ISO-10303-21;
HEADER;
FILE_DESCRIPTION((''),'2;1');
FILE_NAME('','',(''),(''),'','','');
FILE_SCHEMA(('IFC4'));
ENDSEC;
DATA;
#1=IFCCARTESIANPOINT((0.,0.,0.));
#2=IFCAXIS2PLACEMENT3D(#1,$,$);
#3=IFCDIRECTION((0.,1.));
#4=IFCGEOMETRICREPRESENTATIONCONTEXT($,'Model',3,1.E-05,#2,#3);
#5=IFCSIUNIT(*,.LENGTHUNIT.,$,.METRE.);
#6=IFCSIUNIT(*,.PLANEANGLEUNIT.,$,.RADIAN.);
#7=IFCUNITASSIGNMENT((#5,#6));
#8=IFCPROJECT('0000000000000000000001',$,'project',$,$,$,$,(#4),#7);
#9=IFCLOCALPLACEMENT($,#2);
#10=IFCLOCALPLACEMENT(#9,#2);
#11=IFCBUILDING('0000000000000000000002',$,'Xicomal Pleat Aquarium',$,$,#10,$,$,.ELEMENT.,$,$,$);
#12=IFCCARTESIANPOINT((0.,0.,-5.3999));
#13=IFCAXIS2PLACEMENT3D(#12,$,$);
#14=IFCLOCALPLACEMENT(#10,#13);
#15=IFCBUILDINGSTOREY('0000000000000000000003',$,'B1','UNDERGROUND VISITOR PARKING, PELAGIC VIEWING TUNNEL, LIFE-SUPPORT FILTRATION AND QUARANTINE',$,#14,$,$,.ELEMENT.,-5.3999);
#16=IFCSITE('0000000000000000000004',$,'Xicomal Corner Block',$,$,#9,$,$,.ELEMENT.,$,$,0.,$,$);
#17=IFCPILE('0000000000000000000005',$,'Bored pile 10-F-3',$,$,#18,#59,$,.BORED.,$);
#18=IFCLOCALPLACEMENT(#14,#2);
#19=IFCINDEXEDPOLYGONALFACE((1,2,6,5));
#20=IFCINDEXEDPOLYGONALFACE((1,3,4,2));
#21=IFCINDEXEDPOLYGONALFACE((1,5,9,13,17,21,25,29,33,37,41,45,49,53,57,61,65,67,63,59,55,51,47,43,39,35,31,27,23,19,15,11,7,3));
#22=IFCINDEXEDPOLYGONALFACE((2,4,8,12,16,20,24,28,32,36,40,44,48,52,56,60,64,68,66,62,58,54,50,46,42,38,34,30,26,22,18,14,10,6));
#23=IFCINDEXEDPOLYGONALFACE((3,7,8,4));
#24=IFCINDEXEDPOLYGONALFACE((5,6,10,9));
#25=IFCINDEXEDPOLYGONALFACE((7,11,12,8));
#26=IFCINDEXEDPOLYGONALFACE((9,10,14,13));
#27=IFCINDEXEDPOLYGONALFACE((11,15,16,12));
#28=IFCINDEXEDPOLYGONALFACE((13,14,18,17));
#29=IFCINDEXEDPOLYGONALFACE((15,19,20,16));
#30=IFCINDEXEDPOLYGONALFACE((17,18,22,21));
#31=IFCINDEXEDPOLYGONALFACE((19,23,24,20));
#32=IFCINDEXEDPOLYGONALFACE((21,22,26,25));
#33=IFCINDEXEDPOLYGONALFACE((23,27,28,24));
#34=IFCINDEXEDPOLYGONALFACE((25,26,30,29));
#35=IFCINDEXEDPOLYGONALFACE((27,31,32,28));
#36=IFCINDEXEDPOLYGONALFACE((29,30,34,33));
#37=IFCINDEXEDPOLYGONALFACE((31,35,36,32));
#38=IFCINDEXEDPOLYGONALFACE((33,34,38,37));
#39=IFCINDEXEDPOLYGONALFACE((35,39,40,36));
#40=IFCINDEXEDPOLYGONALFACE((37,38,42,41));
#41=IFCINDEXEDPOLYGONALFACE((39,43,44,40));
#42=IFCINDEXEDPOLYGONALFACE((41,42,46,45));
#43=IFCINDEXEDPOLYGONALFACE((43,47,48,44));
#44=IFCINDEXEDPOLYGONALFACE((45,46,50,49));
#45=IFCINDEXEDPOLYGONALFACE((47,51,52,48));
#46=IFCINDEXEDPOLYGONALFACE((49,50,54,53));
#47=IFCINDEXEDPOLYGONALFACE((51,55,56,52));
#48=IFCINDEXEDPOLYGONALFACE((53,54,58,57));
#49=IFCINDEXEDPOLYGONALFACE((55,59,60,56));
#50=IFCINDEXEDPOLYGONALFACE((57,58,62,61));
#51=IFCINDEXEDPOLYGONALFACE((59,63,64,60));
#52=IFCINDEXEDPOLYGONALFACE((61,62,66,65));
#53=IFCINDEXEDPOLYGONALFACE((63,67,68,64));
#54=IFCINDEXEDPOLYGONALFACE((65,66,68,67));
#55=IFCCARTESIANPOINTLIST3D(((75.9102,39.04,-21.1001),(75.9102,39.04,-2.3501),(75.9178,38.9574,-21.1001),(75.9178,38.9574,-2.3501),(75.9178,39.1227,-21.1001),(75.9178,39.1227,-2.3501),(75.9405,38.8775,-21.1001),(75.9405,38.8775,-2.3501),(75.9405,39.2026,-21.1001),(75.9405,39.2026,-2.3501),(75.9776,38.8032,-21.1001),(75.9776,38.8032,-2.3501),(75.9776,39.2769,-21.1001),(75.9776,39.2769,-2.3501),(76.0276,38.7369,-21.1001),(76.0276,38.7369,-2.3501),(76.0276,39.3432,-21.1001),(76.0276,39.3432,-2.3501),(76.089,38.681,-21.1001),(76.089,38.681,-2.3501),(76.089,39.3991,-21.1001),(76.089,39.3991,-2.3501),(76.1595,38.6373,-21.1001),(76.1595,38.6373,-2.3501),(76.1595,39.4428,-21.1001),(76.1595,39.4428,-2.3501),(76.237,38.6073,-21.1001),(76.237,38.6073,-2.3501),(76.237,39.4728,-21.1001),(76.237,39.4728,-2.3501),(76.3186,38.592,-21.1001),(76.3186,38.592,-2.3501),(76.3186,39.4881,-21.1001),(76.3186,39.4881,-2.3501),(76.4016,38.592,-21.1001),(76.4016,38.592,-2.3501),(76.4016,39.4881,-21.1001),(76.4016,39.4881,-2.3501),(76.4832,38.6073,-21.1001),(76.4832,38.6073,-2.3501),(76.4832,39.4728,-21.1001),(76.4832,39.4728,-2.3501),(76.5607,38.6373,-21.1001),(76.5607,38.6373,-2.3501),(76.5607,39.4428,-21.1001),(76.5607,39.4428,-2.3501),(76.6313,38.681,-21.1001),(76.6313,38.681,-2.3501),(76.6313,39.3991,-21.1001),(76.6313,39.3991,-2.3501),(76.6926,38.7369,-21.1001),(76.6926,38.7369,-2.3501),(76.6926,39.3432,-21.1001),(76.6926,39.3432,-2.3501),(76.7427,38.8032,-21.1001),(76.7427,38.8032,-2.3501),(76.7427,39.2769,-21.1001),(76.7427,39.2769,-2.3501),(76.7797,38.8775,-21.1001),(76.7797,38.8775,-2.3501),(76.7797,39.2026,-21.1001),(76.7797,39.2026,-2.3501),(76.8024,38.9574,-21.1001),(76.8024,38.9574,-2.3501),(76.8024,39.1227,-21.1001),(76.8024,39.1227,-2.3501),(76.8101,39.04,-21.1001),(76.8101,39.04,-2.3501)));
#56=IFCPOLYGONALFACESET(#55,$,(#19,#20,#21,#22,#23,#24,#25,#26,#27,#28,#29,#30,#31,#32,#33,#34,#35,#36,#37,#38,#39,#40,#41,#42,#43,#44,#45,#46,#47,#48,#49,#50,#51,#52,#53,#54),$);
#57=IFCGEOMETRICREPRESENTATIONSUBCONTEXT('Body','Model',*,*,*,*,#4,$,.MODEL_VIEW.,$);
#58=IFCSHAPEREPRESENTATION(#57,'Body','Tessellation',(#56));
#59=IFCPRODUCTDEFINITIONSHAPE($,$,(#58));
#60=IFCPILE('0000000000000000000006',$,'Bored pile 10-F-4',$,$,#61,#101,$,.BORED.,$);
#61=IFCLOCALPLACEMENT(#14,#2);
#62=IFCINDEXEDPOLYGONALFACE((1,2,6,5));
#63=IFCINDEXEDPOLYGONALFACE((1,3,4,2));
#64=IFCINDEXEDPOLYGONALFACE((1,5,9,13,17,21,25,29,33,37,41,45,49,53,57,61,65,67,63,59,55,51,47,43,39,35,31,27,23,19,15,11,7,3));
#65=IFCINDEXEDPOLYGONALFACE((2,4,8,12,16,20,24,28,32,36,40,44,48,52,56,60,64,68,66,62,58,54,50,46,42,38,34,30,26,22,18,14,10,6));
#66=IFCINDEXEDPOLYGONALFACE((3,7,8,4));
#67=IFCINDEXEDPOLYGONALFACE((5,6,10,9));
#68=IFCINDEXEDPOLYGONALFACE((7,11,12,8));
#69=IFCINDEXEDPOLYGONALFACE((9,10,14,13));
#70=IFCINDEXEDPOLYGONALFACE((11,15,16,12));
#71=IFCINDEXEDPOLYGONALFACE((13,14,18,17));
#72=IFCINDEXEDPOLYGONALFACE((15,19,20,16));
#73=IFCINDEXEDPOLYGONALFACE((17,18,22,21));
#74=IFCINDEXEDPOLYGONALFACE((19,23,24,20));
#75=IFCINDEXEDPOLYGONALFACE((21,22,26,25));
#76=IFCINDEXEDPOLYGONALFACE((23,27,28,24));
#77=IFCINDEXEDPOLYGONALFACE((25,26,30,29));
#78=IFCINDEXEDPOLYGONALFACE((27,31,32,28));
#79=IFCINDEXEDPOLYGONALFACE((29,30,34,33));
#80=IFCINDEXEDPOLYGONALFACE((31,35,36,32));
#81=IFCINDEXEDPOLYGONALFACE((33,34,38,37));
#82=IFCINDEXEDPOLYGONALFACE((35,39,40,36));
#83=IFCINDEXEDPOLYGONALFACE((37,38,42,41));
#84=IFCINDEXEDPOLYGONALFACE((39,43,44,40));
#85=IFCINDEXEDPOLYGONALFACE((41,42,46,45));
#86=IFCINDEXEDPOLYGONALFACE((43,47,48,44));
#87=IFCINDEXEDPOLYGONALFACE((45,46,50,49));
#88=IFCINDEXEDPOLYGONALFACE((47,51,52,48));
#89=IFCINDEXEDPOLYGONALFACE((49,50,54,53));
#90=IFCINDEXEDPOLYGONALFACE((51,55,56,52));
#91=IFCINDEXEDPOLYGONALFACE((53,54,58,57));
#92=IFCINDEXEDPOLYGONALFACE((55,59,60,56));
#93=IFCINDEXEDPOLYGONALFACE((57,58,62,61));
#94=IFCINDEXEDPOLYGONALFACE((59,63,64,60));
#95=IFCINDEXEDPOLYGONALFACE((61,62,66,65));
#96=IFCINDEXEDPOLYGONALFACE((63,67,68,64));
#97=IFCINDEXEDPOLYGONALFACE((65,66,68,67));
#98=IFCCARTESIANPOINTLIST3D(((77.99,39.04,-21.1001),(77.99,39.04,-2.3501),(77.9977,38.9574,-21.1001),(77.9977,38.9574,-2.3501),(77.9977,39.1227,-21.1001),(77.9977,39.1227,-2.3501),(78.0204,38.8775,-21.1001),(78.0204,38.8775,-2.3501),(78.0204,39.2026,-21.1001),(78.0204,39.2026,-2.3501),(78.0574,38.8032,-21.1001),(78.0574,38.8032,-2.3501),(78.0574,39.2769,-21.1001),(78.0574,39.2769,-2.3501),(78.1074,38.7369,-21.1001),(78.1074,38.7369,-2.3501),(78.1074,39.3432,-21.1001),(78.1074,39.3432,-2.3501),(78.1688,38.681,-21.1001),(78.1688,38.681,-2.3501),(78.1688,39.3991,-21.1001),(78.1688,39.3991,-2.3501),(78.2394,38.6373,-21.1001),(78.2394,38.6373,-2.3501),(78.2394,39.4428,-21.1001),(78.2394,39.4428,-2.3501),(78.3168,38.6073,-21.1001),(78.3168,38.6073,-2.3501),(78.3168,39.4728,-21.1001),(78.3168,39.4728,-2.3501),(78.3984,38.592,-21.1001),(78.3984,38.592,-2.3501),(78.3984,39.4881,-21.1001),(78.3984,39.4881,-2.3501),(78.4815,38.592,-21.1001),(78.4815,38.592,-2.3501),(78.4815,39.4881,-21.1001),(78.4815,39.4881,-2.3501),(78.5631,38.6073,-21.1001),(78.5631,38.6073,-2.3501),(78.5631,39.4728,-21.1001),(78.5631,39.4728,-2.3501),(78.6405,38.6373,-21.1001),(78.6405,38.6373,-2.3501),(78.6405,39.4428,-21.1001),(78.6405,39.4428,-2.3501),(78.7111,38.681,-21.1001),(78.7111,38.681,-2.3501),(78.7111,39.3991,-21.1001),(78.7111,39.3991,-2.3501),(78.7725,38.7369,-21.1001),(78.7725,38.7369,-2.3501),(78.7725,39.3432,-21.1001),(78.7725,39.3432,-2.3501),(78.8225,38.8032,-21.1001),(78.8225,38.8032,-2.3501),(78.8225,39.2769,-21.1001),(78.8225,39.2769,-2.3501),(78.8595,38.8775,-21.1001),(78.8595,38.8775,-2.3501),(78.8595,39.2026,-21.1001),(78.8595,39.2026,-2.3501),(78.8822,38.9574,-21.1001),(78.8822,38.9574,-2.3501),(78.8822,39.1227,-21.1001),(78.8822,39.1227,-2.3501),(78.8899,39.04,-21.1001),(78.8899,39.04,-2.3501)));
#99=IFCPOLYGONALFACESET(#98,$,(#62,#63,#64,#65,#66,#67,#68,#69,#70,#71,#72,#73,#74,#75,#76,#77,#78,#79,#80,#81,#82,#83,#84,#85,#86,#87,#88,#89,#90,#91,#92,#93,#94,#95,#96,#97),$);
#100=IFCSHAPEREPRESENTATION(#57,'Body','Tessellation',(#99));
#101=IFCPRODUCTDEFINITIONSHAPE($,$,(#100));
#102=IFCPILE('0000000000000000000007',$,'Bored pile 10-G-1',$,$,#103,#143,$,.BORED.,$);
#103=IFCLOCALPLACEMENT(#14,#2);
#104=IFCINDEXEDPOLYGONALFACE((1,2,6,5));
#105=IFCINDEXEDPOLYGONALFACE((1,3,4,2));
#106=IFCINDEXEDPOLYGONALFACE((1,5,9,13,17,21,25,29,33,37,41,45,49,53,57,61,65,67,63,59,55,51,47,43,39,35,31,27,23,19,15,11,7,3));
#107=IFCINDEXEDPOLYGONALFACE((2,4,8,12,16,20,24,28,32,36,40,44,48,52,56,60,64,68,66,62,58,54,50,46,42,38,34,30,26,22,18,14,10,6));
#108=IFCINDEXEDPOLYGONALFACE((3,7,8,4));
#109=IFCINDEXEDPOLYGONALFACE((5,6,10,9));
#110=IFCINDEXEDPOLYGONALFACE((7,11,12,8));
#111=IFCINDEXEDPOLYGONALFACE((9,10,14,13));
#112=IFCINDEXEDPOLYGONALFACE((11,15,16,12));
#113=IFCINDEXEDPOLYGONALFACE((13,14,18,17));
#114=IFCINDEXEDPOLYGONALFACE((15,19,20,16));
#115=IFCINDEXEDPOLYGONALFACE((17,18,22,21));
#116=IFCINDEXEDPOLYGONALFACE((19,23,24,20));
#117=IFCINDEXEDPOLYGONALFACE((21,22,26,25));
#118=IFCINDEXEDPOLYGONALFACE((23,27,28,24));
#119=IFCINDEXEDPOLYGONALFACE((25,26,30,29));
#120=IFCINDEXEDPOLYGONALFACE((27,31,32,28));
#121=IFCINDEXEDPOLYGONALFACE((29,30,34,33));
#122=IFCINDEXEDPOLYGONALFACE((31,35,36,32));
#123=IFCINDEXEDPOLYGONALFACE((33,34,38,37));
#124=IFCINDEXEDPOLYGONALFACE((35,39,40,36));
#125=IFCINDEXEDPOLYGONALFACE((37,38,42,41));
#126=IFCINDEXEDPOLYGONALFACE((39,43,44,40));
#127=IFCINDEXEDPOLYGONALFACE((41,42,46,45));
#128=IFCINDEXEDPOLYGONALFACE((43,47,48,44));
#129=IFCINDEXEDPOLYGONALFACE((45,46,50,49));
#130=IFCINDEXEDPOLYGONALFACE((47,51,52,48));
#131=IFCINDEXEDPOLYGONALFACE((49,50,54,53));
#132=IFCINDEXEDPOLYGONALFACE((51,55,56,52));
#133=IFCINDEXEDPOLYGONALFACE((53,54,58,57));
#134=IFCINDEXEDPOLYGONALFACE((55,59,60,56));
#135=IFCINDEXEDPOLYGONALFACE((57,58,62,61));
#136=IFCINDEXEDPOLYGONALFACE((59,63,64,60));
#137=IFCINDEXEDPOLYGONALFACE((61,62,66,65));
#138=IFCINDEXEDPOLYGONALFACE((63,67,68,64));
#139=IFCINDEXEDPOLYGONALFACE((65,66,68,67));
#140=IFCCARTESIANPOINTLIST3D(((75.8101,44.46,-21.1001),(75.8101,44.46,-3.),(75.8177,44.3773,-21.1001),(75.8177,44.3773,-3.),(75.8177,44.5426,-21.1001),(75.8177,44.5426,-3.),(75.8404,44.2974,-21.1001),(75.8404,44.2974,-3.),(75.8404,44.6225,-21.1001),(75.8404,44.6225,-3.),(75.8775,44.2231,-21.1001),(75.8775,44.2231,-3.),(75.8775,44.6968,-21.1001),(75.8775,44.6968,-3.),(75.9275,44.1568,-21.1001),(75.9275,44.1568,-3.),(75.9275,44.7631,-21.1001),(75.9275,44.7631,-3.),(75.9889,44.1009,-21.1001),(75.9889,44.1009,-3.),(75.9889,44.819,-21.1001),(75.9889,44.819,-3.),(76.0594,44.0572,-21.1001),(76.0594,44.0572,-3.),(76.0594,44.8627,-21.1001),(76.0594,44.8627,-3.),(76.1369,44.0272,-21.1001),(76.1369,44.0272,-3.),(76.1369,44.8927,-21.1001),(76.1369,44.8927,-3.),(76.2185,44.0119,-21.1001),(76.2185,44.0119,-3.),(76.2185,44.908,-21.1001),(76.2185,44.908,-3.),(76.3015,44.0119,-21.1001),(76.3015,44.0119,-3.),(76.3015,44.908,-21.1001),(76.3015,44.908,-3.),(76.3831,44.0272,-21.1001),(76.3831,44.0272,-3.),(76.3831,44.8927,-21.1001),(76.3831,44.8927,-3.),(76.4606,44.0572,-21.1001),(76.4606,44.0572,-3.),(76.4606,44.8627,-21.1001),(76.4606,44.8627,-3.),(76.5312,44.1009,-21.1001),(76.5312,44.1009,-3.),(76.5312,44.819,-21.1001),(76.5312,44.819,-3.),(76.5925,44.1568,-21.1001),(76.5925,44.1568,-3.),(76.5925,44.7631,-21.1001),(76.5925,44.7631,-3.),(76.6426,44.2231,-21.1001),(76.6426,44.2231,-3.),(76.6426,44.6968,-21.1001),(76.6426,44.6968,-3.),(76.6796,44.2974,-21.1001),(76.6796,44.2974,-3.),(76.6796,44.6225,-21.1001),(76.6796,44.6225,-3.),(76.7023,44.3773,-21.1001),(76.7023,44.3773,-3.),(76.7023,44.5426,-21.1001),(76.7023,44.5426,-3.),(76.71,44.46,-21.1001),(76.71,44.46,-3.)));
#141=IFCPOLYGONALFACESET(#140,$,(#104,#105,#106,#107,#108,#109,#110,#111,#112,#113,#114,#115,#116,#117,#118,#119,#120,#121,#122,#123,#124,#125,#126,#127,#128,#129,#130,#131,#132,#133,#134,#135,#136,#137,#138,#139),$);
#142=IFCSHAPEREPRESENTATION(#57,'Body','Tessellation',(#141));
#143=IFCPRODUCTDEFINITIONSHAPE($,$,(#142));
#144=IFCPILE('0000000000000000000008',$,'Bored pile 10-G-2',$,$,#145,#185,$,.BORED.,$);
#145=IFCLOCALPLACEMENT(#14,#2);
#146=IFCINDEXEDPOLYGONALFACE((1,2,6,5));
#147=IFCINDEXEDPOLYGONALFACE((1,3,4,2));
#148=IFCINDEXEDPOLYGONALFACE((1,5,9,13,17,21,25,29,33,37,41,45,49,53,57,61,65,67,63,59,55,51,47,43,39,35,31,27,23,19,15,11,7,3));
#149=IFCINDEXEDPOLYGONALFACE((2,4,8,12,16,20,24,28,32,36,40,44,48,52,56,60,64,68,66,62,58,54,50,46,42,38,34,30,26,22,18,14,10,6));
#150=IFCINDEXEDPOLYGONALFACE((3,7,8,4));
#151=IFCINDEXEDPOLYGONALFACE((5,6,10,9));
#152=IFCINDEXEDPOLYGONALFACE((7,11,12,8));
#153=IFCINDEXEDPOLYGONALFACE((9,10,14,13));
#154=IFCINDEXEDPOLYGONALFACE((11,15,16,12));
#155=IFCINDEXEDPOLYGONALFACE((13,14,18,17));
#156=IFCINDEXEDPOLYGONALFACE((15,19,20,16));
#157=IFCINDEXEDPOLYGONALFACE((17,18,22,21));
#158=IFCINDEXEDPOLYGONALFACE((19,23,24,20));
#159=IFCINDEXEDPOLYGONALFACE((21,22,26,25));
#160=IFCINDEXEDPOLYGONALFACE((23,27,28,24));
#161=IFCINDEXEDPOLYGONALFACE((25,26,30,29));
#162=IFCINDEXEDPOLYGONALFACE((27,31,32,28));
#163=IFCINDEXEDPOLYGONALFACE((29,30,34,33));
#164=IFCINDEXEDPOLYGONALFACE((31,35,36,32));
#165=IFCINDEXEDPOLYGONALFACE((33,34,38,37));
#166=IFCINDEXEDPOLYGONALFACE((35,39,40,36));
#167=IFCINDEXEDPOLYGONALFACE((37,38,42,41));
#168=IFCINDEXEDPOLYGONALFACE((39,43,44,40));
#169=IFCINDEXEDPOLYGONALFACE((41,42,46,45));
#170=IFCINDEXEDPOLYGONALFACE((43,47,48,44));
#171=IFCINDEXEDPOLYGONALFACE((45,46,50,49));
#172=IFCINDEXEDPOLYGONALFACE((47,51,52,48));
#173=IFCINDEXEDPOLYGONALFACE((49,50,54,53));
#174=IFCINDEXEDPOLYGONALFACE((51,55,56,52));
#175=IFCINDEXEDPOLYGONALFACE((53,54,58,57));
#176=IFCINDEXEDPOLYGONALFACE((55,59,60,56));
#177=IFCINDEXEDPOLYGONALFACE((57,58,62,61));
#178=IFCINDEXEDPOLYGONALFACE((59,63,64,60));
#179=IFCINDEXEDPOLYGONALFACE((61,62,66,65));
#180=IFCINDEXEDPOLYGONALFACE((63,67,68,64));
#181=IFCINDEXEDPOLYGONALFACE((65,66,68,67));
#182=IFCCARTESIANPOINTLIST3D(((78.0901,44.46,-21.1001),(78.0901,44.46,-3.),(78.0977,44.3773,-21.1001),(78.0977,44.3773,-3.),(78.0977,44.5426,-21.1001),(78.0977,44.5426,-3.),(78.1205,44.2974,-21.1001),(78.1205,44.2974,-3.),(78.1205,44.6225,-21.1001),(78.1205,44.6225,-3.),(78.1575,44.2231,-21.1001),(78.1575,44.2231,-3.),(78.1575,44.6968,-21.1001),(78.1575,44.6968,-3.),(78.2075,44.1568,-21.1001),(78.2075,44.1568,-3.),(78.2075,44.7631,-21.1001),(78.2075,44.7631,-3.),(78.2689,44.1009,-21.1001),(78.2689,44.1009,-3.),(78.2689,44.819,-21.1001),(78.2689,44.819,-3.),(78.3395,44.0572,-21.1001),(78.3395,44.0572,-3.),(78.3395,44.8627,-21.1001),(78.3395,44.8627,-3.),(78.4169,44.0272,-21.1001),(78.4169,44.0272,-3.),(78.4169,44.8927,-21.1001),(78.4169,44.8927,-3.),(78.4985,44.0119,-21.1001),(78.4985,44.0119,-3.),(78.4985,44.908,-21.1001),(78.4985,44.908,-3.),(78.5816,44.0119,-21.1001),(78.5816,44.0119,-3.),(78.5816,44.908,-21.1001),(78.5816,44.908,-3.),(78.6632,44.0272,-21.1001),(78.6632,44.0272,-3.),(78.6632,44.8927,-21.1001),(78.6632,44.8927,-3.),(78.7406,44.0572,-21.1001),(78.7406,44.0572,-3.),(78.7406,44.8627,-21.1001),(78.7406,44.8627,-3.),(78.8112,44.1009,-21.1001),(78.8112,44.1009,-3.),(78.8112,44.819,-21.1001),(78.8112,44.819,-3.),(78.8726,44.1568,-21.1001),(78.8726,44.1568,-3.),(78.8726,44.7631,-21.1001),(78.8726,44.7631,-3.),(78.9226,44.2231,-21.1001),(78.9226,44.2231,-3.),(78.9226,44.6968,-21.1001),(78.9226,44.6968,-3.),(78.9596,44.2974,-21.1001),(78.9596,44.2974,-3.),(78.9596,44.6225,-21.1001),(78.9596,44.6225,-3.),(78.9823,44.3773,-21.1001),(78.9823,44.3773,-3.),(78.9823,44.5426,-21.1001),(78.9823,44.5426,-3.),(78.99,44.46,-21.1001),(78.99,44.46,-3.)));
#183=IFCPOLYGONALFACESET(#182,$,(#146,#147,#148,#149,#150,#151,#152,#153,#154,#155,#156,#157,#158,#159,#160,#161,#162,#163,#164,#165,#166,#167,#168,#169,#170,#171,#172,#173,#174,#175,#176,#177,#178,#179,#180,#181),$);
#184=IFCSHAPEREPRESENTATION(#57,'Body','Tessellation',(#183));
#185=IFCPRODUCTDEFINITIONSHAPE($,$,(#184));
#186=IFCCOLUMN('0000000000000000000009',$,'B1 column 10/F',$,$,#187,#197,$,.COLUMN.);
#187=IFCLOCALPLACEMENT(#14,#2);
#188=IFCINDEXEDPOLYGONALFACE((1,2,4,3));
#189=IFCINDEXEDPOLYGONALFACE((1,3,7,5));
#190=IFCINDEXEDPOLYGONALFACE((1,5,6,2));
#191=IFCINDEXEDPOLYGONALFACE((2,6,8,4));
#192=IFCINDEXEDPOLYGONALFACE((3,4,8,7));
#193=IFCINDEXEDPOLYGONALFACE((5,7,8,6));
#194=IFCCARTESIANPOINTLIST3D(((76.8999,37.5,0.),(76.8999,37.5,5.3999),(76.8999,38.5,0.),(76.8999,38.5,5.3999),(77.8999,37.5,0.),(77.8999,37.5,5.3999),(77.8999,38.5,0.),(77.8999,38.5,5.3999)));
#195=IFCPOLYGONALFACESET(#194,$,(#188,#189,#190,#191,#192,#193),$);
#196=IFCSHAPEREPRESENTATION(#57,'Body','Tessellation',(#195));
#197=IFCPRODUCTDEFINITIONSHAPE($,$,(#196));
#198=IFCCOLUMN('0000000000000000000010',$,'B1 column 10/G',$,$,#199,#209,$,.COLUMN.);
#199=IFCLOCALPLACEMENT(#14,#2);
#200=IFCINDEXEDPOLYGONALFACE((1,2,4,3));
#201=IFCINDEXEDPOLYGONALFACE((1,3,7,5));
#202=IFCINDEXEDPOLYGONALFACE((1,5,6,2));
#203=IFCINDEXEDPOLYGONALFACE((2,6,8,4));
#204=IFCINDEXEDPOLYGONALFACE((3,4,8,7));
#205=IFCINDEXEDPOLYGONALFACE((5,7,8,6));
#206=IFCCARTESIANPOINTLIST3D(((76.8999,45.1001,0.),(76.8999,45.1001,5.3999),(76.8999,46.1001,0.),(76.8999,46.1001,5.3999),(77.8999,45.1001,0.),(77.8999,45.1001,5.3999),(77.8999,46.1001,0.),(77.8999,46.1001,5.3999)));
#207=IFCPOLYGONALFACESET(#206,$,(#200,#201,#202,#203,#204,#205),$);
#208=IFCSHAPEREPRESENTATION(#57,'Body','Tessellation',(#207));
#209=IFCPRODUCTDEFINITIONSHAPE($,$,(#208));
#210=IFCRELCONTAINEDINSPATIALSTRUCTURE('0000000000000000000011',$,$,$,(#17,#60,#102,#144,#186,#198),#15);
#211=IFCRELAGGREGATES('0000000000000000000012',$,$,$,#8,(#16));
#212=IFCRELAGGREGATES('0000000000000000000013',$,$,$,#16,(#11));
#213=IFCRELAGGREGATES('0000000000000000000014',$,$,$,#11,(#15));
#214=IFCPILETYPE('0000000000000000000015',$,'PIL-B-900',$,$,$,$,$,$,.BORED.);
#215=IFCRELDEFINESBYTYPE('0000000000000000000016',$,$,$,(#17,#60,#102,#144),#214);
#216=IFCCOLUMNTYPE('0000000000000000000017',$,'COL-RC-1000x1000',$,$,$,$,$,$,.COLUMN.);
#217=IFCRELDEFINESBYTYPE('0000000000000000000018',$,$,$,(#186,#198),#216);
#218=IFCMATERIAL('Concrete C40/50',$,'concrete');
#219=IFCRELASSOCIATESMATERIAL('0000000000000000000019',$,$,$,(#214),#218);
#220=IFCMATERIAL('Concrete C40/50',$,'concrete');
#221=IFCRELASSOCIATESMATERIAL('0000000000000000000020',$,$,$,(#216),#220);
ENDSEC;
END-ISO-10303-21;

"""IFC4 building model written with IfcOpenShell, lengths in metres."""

from ifc_helpers import new_model, si_unit, direction, frame, origin, origin_2d, place, context, subcontext, project, spatial, rectangle, circle, extrude, material, material_profile, profile_set, type_object, element, save


model = new_model("IFC4")

# Units and contexts
model_context = context("Model", 3, precision=1e-05, world=origin(), true_north=direction((0.0, 1.0)))
body_context = subcontext(model_context, "Body", "Model", "MODEL_VIEW")
ifc_project = project(units=[si_unit("LENGTHUNIT", "METRE"), si_unit("PLANEANGLEUNIT", "RADIAN")], contexts=[model_context])

# Site, building, storey
site_placement = place(None, origin())
site = spatial("IfcSite", under=ifc_project, at=site_placement, Name="Xicomal Corner Block", CompositionType="ELEMENT", RefElevation=0.0)
building_placement = place(site_placement, origin())
building = spatial("IfcBuilding", under=site, at=building_placement, Name="Xicomal Pleat Aquarium", CompositionType="ELEMENT")
storey_placement = place(building_placement, frame((0.0, 0.0, -5.3999)))
storey = spatial("IfcBuildingStorey", under=building, at=storey_placement, Name="B1", Description="UNDERGROUND VISITOR PARKING, PELAGIC VIEWING TUNNEL, LIFE-SUPPORT FILTRATION AND QUARANTINE", CompositionType="ELEMENT", Elevation=-5.3999)

# Piles
ifc_material_1 = material(Name="Concrete C40/50", Category="concrete")
ifc_material_profile_1 = material_profile(ifc_material_1, circle(Radius=0.45, at=origin_2d()), Name="BORED PILE D900")
ifc_profile_set_1 = profile_set([ifc_material_profile_1], Name="Concrete C40/50")
pile_type_1 = type_object("IfcPileType", Name="PIL-B-900", PredefinedType="BORED", material=ifc_profile_set_1)
for number, where, z_axis, x_axis, name in (
    (1, (76.3601, 39.04, -2.3501), (0.0, 0.0, -1.0), (1.0, 0.0, 0.0), "Bored pile 10-F-3"),
    (2, (78.4399, 39.04, -2.3501), (0.0, 0.0, -1.0), (1.0, 0.0, 0.0), "Bored pile 10-F-4"),
):
    element("IfcPile", number, at=place(storey_placement, frame(where, z_axis=z_axis, x_axis=x_axis)), inside=storey, type_object=pile_type_1, Name=name, PredefinedType="BORED", context=body_context, shape_type="SweptSolid", body=[
        extrude(circle(Radius=0.45, at=origin_2d()), origin(), (0.0, 0.0, 1.0), 18.75),
    ])
for number, where, z_axis, x_axis, name in (
    (3, (76.26, 44.46, -3.0), (0.0, 0.0, -1.0), (1.0, 0.0, 0.0), "Bored pile 10-G-1"),
    (4, (78.54, 44.46, -3.0), (0.0, 0.0, -1.0), (1.0, 0.0, 0.0), "Bored pile 10-G-2"),
):
    element("IfcPile", number, at=place(storey_placement, frame(where, z_axis=z_axis, x_axis=x_axis)), inside=storey, type_object=pile_type_1, Name=name, PredefinedType="BORED", context=body_context, shape_type="SweptSolid", body=[
        extrude(circle(Radius=0.45, at=origin_2d()), origin(), (0.0, 0.0, 1.0), 18.1001),
    ])

# Columns
ifc_material_2 = material(Name="Concrete C40/50", Category="concrete")
ifc_material_profile_2 = material_profile(ifc_material_2, rectangle(XDim=1.0, YDim=1.0, at=origin_2d()), Name="RC 1000x1000")
ifc_profile_set_2 = profile_set([ifc_material_profile_2], Name="Concrete C40/50")
column_type_1 = type_object("IfcColumnType", Name="COL-RC-1000x1000", PredefinedType="COLUMN", material=ifc_profile_set_2)
for number, where, z_axis, x_axis, name in (
    (5, (77.3999, 38.0, 0.0), (0.0, 0.0, 1.0), (1.0, 0.0, 0.0), "B1 column 10/F"),
    (6, (77.3999, 45.6001, 0.0), (0.0, 0.0, 1.0), (1.0, 0.0, 0.0), "B1 column 10/G"),
):
    element("IfcColumn", number, at=place(storey_placement, frame(where, z_axis=z_axis, x_axis=x_axis)), inside=storey, type_object=column_type_1, Name=name, PredefinedType="COLUMN", context=body_context, shape_type="SweptSolid", body=[
        extrude(rectangle(XDim=1.0, YDim=1.0, at=origin_2d()), origin(), (0.0, 0.0, 1.0), 5.3999),
    ])

save(model, "model.ifc")
